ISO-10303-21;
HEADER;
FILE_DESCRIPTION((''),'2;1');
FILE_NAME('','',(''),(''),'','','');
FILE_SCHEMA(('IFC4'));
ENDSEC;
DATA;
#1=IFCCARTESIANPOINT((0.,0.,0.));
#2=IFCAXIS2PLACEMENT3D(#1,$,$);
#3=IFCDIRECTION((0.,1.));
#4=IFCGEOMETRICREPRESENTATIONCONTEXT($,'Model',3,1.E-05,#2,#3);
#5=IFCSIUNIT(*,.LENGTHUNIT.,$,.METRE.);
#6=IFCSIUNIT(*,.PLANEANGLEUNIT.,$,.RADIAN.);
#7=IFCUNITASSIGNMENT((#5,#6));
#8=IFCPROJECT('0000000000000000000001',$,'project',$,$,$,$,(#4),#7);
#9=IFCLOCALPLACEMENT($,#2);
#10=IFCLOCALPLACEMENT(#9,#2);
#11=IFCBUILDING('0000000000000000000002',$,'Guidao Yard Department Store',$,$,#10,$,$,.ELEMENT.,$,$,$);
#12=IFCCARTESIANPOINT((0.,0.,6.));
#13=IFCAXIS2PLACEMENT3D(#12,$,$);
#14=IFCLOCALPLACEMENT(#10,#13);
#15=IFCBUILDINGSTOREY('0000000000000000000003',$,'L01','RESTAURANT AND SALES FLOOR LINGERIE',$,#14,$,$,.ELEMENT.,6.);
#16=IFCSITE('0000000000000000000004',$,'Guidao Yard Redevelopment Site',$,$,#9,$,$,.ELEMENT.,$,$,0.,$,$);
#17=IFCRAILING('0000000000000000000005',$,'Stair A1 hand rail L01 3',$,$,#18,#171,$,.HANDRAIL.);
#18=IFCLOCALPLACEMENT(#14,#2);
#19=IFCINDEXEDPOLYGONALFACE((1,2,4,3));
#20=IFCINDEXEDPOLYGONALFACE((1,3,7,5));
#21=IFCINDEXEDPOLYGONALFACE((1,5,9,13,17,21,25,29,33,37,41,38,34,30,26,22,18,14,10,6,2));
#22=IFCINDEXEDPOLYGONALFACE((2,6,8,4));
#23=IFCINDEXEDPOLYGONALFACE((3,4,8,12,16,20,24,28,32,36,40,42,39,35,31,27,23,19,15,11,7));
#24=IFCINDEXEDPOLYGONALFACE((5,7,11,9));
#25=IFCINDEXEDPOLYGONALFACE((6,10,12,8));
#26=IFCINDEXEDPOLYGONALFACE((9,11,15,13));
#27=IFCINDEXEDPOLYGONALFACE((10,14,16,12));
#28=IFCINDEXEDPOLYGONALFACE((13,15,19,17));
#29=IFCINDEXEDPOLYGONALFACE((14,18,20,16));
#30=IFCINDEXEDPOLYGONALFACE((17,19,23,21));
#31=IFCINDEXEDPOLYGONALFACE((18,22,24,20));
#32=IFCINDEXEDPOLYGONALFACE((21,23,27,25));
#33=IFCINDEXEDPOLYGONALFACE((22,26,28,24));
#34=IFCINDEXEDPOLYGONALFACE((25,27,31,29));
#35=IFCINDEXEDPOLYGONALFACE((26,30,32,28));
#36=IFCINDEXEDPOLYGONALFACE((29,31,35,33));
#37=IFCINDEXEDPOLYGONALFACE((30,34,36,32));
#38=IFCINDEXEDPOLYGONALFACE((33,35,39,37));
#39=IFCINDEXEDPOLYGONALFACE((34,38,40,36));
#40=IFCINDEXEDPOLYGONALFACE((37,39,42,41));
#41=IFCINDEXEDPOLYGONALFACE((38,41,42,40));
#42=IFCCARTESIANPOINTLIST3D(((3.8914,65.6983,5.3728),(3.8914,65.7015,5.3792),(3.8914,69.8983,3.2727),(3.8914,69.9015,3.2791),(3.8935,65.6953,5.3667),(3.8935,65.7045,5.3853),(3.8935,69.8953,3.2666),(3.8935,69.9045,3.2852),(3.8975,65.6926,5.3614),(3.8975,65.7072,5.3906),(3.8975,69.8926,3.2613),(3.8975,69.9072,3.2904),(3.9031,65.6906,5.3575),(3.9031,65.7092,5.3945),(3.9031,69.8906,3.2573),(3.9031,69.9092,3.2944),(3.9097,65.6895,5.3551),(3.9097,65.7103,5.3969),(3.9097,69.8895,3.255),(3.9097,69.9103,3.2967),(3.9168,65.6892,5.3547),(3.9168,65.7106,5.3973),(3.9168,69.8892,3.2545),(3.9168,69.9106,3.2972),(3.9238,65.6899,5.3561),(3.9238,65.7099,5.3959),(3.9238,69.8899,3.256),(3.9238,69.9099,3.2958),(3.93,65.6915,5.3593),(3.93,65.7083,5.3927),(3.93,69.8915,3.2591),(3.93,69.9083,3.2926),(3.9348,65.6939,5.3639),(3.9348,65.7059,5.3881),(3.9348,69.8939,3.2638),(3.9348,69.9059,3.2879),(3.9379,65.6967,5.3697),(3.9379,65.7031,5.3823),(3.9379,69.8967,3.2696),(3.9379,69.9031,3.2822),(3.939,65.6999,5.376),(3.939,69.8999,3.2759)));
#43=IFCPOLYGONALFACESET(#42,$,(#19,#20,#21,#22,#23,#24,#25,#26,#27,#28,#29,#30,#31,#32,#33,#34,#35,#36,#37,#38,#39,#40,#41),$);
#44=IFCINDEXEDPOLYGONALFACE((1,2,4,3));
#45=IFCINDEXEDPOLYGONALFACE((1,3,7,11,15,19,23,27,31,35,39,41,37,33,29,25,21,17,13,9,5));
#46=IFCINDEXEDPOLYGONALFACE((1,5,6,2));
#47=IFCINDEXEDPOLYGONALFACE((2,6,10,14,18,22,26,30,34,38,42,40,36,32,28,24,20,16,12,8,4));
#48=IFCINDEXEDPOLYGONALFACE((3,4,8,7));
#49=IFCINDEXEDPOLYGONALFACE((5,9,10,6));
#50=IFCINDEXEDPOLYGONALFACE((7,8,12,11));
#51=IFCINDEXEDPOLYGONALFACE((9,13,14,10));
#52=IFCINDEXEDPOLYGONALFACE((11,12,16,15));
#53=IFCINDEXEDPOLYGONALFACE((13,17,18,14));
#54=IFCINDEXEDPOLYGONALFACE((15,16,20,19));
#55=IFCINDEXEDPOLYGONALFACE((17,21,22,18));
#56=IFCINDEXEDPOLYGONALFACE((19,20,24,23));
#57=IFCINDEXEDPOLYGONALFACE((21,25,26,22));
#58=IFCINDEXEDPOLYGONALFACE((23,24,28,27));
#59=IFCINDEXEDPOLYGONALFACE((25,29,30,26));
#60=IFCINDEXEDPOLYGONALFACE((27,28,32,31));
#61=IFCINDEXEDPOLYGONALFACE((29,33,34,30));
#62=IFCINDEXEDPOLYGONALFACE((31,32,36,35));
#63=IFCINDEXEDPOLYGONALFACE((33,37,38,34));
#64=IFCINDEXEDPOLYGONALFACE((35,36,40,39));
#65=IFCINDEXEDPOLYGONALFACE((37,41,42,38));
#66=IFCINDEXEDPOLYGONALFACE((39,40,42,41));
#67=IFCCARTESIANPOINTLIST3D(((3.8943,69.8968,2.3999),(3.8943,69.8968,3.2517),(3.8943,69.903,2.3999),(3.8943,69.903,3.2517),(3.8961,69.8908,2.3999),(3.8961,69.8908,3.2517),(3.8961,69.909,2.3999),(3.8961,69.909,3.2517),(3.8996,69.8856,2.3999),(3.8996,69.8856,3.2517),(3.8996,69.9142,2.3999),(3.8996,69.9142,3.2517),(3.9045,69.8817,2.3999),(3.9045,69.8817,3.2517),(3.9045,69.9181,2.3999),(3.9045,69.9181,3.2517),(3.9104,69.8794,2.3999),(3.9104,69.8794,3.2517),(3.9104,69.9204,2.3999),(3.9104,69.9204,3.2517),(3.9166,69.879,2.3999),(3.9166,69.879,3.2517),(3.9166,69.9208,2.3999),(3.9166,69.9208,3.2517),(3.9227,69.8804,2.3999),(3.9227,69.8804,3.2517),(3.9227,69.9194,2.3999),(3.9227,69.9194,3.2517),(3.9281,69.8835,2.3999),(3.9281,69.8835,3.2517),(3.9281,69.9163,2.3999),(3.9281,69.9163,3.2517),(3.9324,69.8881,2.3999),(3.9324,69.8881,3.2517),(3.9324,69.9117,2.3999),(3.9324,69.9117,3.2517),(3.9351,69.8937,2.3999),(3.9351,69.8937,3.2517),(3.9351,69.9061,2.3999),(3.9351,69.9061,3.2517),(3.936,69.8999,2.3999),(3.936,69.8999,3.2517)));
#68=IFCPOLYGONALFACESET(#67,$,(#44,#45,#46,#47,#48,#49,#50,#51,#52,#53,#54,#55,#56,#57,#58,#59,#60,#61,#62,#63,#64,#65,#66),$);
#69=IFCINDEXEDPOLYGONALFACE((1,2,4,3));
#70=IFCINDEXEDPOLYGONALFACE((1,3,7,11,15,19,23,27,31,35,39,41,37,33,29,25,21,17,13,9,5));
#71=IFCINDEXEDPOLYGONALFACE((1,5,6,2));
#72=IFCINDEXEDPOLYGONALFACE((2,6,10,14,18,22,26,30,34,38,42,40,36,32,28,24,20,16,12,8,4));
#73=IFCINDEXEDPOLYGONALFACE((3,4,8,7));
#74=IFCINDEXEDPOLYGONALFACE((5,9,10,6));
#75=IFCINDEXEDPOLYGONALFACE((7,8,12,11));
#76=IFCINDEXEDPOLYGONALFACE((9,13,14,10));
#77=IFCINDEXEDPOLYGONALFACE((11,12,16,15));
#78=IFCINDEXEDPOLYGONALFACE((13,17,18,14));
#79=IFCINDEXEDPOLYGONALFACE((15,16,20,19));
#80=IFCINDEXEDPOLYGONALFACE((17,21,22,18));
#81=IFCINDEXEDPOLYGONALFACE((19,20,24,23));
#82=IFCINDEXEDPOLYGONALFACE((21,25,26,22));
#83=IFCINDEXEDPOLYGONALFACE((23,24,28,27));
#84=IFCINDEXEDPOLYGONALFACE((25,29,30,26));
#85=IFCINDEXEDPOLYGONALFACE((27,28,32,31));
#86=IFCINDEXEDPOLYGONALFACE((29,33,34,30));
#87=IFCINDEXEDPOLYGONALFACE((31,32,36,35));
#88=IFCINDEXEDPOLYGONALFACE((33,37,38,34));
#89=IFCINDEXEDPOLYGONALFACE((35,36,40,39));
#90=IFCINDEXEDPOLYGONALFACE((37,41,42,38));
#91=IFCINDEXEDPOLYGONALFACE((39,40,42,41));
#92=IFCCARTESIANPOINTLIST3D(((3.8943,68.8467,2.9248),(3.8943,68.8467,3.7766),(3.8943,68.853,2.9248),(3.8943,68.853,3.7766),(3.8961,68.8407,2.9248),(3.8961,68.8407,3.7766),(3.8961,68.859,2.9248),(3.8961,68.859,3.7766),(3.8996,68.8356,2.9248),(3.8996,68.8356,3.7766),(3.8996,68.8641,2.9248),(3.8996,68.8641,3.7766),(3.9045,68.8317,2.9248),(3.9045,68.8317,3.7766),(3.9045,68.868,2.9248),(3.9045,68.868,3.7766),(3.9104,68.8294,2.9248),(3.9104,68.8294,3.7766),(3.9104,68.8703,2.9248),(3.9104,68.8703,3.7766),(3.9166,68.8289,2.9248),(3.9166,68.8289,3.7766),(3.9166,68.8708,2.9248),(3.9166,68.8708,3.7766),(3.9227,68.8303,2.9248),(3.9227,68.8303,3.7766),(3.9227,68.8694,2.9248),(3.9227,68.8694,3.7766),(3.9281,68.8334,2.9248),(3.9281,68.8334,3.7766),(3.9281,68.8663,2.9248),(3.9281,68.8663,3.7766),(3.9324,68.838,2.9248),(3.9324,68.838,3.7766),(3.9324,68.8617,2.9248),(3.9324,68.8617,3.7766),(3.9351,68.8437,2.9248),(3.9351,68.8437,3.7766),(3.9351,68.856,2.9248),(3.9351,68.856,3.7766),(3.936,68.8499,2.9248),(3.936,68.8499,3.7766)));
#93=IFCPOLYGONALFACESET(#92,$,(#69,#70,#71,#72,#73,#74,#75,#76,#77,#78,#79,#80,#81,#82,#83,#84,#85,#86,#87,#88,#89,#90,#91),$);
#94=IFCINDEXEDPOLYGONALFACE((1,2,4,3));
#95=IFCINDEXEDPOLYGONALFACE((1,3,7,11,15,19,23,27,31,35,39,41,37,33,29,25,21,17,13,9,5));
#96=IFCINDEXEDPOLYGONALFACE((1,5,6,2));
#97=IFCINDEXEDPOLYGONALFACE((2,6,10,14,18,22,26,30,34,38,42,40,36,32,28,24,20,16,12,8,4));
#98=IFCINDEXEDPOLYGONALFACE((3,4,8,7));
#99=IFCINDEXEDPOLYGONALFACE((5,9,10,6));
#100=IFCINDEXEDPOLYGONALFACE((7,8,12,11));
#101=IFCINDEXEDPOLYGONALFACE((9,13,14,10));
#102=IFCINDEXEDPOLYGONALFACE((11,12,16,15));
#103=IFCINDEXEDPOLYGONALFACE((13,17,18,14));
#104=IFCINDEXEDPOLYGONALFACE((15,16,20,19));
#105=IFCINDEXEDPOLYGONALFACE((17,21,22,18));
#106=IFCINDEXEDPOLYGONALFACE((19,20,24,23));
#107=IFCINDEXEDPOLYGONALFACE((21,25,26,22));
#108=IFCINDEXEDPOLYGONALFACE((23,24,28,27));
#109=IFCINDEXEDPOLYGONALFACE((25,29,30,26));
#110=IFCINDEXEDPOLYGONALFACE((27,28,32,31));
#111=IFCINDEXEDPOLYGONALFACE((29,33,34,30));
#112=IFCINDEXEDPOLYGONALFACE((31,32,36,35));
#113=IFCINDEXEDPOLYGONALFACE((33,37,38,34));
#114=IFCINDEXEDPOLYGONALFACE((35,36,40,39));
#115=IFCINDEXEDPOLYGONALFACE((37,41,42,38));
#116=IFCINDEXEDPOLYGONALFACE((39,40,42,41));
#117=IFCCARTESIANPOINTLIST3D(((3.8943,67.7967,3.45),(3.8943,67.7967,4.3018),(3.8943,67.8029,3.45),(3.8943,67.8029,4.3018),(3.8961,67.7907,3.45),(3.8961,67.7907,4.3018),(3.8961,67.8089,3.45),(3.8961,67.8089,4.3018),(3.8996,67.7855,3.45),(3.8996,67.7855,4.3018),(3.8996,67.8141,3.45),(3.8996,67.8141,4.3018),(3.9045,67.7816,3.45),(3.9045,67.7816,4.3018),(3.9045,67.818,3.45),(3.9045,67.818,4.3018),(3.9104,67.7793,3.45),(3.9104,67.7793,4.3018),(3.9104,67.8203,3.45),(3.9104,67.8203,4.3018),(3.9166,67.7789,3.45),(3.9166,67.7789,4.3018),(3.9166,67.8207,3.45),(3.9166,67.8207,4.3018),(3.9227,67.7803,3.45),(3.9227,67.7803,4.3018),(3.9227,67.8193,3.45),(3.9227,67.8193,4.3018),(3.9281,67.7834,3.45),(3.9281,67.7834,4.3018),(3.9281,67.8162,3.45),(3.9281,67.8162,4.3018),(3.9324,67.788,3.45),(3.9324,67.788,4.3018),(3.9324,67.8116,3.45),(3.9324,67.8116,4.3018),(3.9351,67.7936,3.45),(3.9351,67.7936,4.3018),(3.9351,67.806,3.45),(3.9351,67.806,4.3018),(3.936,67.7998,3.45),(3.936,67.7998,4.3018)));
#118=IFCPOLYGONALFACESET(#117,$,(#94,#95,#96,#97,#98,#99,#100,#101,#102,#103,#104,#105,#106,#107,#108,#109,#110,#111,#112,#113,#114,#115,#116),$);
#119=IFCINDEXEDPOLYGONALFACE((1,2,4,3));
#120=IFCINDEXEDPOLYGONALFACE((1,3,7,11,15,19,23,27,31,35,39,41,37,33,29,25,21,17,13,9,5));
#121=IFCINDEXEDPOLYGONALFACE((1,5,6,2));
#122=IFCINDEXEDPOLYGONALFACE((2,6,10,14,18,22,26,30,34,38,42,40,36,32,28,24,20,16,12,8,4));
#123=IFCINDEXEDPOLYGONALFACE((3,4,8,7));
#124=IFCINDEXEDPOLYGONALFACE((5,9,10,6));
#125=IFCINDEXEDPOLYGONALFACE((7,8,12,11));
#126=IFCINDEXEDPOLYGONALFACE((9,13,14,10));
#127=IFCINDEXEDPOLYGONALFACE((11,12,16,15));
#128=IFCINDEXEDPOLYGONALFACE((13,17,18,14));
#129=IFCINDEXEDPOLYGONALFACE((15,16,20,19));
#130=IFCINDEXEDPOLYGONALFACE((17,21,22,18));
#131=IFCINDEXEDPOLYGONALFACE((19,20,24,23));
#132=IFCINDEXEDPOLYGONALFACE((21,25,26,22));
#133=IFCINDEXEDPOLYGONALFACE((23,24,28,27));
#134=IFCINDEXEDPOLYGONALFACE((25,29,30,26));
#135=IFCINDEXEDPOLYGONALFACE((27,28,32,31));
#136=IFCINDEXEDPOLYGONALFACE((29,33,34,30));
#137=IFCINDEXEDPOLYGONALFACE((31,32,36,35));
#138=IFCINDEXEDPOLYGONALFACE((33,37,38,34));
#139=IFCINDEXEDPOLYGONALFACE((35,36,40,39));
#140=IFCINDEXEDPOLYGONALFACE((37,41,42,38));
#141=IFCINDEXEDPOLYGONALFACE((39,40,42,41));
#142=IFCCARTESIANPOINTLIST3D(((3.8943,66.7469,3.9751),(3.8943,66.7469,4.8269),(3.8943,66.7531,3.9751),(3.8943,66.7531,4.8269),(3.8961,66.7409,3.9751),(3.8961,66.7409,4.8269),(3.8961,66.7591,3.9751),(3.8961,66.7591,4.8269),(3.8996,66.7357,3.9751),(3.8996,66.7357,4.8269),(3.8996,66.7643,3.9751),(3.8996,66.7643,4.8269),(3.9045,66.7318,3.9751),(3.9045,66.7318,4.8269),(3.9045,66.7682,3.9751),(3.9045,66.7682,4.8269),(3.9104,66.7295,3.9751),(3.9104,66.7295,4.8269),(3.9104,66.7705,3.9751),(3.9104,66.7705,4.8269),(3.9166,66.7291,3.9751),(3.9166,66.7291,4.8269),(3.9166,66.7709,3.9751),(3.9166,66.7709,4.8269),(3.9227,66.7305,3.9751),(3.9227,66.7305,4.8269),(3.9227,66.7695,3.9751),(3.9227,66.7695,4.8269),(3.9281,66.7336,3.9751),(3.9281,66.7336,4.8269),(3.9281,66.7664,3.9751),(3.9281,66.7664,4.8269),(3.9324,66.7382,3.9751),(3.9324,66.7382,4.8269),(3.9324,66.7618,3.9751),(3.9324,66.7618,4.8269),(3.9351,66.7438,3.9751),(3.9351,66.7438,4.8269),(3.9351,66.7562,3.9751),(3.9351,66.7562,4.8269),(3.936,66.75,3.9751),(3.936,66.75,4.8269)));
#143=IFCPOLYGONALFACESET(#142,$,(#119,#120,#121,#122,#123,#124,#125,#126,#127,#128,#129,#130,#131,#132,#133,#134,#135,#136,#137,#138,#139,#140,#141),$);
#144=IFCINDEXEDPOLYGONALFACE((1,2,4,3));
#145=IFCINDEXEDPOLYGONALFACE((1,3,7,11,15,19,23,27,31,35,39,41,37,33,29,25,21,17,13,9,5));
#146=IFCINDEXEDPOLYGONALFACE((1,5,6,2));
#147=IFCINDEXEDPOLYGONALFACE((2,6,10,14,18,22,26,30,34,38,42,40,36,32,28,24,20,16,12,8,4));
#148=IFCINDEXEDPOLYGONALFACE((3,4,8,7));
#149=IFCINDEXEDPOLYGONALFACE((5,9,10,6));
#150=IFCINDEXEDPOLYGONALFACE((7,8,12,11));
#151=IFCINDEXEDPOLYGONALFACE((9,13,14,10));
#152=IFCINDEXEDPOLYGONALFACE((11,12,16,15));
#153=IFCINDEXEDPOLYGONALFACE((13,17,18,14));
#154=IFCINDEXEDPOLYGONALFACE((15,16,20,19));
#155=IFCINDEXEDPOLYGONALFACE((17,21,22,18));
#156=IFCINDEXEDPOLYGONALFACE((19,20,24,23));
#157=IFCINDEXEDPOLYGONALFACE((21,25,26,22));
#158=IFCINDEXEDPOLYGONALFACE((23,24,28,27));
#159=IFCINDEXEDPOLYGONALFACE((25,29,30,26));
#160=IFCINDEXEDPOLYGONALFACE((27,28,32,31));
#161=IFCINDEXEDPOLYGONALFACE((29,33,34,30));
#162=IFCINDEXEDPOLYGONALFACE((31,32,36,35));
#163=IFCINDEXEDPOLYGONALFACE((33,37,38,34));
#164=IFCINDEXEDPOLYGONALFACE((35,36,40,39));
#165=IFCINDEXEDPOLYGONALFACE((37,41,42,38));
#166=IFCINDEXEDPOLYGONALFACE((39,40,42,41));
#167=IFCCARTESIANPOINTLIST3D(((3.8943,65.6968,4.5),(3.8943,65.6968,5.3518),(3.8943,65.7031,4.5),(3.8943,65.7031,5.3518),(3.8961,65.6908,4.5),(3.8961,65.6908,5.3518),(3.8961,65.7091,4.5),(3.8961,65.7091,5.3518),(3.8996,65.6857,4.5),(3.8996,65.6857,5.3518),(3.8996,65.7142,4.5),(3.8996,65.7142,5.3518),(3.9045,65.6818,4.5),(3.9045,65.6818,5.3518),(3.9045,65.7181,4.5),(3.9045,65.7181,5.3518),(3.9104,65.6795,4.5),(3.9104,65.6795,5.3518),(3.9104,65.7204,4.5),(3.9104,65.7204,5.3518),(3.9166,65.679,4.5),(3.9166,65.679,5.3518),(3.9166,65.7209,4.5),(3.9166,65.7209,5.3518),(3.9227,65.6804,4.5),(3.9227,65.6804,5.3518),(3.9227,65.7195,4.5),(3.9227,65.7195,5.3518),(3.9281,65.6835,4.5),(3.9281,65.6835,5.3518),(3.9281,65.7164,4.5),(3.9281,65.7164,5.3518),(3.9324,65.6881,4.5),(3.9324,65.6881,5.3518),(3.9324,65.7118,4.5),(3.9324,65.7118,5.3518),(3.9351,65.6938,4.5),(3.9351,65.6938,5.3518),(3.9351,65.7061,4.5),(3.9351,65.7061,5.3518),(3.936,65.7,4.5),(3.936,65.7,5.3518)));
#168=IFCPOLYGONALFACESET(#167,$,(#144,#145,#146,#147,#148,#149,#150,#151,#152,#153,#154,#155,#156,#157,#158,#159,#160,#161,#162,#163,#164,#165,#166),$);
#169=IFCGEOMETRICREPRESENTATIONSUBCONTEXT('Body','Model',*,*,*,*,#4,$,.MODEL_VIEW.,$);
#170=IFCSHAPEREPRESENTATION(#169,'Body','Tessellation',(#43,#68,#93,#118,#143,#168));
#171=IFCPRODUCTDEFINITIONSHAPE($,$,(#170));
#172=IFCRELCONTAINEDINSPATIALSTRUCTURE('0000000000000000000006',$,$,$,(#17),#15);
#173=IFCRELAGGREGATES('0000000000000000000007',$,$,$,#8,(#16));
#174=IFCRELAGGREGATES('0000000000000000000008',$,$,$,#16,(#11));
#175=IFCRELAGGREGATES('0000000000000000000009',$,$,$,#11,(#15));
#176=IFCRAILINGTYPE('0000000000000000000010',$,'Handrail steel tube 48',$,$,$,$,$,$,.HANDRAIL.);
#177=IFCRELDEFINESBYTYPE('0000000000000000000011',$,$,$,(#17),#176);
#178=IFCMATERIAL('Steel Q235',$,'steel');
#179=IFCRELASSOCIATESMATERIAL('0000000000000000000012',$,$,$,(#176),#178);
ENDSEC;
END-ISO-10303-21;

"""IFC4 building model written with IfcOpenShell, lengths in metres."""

from ifc_helpers import new_model, si_unit, direction, frame, origin, origin_2d, place, context, subcontext, project, spatial, circle, extrude, material, type_object, element, save


model = new_model("IFC4")

# Units and contexts
model_context = context("Model", 3, precision=1e-05, world=origin(), true_north=direction((0.0, 1.0)))
body_context = subcontext(model_context, "Body", "Model", "MODEL_VIEW")
ifc_project = project(units=[si_unit("LENGTHUNIT", "METRE"), si_unit("PLANEANGLEUNIT", "RADIAN")], contexts=[model_context])

# Site, building, storey
site_placement = place(None, origin())
site = spatial("IfcSite", under=ifc_project, at=site_placement, Name="Guidao Yard Redevelopment Site", CompositionType="ELEMENT", RefElevation=0.0)
building_placement = place(site_placement, origin())
building = spatial("IfcBuilding", under=site, at=building_placement, Name="Guidao Yard Department Store", CompositionType="ELEMENT")
storey_placement = place(building_placement, frame((0.0, 0.0, 6.0)))
storey = spatial("IfcBuildingStorey", under=building, at=storey_placement, Name="L01", Description="RESTAURANT AND SALES FLOOR LINGERIE", CompositionType="ELEMENT", Elevation=6.0)

# Railing
ifc_material_1 = material(Name="Steel Q235", Category="steel")
railing_type_1 = type_object("IfcRailingType", Name="Handrail steel tube 48", PredefinedType="HANDRAIL", material=ifc_material_1)
railing_1_placement = place(storey_placement, frame((3.915, 69.8999, 2.3999)))
element("IfcRailing", 1, at=railing_1_placement, inside=storey, type_object=railing_type_1, Name="Stair A1 hand rail L01 3", PredefinedType="HANDRAIL", context=body_context, shape_type="SweptSolid", body=[
    extrude(circle(Radius=0.0239, at=origin_2d()), frame((0.0, 0.0, 0.876), z_axis=(0.0, -0.894417, 0.447234), x_axis=(1.0, 0.0, 0.0)), (0.0, 0.0, 1.0), 4.6958),
    extrude(circle(Radius=0.021, at=origin_2d()), origin(), (0.0, 0.0, 1.0), 0.8518),
    extrude(circle(Radius=0.021, at=origin_2d()), frame((0.0, -1.05, 0.5249)), (0.0, 0.0, 1.0), 0.8518),
    extrude(circle(Radius=0.021, at=origin_2d()), frame((0.0, -2.1001, 1.05)), (0.0, 0.0, 1.0), 0.8518),
    extrude(circle(Radius=0.021, at=origin_2d()), frame((0.0, -3.1499, 1.5752)), (0.0, 0.0, 1.0), 0.8518),
    extrude(circle(Radius=0.021, at=origin_2d()), frame((0.0, -4.2, 2.1001)), (0.0, 0.0, 1.0), 0.8518),
])

save(model, "model.ifc")
